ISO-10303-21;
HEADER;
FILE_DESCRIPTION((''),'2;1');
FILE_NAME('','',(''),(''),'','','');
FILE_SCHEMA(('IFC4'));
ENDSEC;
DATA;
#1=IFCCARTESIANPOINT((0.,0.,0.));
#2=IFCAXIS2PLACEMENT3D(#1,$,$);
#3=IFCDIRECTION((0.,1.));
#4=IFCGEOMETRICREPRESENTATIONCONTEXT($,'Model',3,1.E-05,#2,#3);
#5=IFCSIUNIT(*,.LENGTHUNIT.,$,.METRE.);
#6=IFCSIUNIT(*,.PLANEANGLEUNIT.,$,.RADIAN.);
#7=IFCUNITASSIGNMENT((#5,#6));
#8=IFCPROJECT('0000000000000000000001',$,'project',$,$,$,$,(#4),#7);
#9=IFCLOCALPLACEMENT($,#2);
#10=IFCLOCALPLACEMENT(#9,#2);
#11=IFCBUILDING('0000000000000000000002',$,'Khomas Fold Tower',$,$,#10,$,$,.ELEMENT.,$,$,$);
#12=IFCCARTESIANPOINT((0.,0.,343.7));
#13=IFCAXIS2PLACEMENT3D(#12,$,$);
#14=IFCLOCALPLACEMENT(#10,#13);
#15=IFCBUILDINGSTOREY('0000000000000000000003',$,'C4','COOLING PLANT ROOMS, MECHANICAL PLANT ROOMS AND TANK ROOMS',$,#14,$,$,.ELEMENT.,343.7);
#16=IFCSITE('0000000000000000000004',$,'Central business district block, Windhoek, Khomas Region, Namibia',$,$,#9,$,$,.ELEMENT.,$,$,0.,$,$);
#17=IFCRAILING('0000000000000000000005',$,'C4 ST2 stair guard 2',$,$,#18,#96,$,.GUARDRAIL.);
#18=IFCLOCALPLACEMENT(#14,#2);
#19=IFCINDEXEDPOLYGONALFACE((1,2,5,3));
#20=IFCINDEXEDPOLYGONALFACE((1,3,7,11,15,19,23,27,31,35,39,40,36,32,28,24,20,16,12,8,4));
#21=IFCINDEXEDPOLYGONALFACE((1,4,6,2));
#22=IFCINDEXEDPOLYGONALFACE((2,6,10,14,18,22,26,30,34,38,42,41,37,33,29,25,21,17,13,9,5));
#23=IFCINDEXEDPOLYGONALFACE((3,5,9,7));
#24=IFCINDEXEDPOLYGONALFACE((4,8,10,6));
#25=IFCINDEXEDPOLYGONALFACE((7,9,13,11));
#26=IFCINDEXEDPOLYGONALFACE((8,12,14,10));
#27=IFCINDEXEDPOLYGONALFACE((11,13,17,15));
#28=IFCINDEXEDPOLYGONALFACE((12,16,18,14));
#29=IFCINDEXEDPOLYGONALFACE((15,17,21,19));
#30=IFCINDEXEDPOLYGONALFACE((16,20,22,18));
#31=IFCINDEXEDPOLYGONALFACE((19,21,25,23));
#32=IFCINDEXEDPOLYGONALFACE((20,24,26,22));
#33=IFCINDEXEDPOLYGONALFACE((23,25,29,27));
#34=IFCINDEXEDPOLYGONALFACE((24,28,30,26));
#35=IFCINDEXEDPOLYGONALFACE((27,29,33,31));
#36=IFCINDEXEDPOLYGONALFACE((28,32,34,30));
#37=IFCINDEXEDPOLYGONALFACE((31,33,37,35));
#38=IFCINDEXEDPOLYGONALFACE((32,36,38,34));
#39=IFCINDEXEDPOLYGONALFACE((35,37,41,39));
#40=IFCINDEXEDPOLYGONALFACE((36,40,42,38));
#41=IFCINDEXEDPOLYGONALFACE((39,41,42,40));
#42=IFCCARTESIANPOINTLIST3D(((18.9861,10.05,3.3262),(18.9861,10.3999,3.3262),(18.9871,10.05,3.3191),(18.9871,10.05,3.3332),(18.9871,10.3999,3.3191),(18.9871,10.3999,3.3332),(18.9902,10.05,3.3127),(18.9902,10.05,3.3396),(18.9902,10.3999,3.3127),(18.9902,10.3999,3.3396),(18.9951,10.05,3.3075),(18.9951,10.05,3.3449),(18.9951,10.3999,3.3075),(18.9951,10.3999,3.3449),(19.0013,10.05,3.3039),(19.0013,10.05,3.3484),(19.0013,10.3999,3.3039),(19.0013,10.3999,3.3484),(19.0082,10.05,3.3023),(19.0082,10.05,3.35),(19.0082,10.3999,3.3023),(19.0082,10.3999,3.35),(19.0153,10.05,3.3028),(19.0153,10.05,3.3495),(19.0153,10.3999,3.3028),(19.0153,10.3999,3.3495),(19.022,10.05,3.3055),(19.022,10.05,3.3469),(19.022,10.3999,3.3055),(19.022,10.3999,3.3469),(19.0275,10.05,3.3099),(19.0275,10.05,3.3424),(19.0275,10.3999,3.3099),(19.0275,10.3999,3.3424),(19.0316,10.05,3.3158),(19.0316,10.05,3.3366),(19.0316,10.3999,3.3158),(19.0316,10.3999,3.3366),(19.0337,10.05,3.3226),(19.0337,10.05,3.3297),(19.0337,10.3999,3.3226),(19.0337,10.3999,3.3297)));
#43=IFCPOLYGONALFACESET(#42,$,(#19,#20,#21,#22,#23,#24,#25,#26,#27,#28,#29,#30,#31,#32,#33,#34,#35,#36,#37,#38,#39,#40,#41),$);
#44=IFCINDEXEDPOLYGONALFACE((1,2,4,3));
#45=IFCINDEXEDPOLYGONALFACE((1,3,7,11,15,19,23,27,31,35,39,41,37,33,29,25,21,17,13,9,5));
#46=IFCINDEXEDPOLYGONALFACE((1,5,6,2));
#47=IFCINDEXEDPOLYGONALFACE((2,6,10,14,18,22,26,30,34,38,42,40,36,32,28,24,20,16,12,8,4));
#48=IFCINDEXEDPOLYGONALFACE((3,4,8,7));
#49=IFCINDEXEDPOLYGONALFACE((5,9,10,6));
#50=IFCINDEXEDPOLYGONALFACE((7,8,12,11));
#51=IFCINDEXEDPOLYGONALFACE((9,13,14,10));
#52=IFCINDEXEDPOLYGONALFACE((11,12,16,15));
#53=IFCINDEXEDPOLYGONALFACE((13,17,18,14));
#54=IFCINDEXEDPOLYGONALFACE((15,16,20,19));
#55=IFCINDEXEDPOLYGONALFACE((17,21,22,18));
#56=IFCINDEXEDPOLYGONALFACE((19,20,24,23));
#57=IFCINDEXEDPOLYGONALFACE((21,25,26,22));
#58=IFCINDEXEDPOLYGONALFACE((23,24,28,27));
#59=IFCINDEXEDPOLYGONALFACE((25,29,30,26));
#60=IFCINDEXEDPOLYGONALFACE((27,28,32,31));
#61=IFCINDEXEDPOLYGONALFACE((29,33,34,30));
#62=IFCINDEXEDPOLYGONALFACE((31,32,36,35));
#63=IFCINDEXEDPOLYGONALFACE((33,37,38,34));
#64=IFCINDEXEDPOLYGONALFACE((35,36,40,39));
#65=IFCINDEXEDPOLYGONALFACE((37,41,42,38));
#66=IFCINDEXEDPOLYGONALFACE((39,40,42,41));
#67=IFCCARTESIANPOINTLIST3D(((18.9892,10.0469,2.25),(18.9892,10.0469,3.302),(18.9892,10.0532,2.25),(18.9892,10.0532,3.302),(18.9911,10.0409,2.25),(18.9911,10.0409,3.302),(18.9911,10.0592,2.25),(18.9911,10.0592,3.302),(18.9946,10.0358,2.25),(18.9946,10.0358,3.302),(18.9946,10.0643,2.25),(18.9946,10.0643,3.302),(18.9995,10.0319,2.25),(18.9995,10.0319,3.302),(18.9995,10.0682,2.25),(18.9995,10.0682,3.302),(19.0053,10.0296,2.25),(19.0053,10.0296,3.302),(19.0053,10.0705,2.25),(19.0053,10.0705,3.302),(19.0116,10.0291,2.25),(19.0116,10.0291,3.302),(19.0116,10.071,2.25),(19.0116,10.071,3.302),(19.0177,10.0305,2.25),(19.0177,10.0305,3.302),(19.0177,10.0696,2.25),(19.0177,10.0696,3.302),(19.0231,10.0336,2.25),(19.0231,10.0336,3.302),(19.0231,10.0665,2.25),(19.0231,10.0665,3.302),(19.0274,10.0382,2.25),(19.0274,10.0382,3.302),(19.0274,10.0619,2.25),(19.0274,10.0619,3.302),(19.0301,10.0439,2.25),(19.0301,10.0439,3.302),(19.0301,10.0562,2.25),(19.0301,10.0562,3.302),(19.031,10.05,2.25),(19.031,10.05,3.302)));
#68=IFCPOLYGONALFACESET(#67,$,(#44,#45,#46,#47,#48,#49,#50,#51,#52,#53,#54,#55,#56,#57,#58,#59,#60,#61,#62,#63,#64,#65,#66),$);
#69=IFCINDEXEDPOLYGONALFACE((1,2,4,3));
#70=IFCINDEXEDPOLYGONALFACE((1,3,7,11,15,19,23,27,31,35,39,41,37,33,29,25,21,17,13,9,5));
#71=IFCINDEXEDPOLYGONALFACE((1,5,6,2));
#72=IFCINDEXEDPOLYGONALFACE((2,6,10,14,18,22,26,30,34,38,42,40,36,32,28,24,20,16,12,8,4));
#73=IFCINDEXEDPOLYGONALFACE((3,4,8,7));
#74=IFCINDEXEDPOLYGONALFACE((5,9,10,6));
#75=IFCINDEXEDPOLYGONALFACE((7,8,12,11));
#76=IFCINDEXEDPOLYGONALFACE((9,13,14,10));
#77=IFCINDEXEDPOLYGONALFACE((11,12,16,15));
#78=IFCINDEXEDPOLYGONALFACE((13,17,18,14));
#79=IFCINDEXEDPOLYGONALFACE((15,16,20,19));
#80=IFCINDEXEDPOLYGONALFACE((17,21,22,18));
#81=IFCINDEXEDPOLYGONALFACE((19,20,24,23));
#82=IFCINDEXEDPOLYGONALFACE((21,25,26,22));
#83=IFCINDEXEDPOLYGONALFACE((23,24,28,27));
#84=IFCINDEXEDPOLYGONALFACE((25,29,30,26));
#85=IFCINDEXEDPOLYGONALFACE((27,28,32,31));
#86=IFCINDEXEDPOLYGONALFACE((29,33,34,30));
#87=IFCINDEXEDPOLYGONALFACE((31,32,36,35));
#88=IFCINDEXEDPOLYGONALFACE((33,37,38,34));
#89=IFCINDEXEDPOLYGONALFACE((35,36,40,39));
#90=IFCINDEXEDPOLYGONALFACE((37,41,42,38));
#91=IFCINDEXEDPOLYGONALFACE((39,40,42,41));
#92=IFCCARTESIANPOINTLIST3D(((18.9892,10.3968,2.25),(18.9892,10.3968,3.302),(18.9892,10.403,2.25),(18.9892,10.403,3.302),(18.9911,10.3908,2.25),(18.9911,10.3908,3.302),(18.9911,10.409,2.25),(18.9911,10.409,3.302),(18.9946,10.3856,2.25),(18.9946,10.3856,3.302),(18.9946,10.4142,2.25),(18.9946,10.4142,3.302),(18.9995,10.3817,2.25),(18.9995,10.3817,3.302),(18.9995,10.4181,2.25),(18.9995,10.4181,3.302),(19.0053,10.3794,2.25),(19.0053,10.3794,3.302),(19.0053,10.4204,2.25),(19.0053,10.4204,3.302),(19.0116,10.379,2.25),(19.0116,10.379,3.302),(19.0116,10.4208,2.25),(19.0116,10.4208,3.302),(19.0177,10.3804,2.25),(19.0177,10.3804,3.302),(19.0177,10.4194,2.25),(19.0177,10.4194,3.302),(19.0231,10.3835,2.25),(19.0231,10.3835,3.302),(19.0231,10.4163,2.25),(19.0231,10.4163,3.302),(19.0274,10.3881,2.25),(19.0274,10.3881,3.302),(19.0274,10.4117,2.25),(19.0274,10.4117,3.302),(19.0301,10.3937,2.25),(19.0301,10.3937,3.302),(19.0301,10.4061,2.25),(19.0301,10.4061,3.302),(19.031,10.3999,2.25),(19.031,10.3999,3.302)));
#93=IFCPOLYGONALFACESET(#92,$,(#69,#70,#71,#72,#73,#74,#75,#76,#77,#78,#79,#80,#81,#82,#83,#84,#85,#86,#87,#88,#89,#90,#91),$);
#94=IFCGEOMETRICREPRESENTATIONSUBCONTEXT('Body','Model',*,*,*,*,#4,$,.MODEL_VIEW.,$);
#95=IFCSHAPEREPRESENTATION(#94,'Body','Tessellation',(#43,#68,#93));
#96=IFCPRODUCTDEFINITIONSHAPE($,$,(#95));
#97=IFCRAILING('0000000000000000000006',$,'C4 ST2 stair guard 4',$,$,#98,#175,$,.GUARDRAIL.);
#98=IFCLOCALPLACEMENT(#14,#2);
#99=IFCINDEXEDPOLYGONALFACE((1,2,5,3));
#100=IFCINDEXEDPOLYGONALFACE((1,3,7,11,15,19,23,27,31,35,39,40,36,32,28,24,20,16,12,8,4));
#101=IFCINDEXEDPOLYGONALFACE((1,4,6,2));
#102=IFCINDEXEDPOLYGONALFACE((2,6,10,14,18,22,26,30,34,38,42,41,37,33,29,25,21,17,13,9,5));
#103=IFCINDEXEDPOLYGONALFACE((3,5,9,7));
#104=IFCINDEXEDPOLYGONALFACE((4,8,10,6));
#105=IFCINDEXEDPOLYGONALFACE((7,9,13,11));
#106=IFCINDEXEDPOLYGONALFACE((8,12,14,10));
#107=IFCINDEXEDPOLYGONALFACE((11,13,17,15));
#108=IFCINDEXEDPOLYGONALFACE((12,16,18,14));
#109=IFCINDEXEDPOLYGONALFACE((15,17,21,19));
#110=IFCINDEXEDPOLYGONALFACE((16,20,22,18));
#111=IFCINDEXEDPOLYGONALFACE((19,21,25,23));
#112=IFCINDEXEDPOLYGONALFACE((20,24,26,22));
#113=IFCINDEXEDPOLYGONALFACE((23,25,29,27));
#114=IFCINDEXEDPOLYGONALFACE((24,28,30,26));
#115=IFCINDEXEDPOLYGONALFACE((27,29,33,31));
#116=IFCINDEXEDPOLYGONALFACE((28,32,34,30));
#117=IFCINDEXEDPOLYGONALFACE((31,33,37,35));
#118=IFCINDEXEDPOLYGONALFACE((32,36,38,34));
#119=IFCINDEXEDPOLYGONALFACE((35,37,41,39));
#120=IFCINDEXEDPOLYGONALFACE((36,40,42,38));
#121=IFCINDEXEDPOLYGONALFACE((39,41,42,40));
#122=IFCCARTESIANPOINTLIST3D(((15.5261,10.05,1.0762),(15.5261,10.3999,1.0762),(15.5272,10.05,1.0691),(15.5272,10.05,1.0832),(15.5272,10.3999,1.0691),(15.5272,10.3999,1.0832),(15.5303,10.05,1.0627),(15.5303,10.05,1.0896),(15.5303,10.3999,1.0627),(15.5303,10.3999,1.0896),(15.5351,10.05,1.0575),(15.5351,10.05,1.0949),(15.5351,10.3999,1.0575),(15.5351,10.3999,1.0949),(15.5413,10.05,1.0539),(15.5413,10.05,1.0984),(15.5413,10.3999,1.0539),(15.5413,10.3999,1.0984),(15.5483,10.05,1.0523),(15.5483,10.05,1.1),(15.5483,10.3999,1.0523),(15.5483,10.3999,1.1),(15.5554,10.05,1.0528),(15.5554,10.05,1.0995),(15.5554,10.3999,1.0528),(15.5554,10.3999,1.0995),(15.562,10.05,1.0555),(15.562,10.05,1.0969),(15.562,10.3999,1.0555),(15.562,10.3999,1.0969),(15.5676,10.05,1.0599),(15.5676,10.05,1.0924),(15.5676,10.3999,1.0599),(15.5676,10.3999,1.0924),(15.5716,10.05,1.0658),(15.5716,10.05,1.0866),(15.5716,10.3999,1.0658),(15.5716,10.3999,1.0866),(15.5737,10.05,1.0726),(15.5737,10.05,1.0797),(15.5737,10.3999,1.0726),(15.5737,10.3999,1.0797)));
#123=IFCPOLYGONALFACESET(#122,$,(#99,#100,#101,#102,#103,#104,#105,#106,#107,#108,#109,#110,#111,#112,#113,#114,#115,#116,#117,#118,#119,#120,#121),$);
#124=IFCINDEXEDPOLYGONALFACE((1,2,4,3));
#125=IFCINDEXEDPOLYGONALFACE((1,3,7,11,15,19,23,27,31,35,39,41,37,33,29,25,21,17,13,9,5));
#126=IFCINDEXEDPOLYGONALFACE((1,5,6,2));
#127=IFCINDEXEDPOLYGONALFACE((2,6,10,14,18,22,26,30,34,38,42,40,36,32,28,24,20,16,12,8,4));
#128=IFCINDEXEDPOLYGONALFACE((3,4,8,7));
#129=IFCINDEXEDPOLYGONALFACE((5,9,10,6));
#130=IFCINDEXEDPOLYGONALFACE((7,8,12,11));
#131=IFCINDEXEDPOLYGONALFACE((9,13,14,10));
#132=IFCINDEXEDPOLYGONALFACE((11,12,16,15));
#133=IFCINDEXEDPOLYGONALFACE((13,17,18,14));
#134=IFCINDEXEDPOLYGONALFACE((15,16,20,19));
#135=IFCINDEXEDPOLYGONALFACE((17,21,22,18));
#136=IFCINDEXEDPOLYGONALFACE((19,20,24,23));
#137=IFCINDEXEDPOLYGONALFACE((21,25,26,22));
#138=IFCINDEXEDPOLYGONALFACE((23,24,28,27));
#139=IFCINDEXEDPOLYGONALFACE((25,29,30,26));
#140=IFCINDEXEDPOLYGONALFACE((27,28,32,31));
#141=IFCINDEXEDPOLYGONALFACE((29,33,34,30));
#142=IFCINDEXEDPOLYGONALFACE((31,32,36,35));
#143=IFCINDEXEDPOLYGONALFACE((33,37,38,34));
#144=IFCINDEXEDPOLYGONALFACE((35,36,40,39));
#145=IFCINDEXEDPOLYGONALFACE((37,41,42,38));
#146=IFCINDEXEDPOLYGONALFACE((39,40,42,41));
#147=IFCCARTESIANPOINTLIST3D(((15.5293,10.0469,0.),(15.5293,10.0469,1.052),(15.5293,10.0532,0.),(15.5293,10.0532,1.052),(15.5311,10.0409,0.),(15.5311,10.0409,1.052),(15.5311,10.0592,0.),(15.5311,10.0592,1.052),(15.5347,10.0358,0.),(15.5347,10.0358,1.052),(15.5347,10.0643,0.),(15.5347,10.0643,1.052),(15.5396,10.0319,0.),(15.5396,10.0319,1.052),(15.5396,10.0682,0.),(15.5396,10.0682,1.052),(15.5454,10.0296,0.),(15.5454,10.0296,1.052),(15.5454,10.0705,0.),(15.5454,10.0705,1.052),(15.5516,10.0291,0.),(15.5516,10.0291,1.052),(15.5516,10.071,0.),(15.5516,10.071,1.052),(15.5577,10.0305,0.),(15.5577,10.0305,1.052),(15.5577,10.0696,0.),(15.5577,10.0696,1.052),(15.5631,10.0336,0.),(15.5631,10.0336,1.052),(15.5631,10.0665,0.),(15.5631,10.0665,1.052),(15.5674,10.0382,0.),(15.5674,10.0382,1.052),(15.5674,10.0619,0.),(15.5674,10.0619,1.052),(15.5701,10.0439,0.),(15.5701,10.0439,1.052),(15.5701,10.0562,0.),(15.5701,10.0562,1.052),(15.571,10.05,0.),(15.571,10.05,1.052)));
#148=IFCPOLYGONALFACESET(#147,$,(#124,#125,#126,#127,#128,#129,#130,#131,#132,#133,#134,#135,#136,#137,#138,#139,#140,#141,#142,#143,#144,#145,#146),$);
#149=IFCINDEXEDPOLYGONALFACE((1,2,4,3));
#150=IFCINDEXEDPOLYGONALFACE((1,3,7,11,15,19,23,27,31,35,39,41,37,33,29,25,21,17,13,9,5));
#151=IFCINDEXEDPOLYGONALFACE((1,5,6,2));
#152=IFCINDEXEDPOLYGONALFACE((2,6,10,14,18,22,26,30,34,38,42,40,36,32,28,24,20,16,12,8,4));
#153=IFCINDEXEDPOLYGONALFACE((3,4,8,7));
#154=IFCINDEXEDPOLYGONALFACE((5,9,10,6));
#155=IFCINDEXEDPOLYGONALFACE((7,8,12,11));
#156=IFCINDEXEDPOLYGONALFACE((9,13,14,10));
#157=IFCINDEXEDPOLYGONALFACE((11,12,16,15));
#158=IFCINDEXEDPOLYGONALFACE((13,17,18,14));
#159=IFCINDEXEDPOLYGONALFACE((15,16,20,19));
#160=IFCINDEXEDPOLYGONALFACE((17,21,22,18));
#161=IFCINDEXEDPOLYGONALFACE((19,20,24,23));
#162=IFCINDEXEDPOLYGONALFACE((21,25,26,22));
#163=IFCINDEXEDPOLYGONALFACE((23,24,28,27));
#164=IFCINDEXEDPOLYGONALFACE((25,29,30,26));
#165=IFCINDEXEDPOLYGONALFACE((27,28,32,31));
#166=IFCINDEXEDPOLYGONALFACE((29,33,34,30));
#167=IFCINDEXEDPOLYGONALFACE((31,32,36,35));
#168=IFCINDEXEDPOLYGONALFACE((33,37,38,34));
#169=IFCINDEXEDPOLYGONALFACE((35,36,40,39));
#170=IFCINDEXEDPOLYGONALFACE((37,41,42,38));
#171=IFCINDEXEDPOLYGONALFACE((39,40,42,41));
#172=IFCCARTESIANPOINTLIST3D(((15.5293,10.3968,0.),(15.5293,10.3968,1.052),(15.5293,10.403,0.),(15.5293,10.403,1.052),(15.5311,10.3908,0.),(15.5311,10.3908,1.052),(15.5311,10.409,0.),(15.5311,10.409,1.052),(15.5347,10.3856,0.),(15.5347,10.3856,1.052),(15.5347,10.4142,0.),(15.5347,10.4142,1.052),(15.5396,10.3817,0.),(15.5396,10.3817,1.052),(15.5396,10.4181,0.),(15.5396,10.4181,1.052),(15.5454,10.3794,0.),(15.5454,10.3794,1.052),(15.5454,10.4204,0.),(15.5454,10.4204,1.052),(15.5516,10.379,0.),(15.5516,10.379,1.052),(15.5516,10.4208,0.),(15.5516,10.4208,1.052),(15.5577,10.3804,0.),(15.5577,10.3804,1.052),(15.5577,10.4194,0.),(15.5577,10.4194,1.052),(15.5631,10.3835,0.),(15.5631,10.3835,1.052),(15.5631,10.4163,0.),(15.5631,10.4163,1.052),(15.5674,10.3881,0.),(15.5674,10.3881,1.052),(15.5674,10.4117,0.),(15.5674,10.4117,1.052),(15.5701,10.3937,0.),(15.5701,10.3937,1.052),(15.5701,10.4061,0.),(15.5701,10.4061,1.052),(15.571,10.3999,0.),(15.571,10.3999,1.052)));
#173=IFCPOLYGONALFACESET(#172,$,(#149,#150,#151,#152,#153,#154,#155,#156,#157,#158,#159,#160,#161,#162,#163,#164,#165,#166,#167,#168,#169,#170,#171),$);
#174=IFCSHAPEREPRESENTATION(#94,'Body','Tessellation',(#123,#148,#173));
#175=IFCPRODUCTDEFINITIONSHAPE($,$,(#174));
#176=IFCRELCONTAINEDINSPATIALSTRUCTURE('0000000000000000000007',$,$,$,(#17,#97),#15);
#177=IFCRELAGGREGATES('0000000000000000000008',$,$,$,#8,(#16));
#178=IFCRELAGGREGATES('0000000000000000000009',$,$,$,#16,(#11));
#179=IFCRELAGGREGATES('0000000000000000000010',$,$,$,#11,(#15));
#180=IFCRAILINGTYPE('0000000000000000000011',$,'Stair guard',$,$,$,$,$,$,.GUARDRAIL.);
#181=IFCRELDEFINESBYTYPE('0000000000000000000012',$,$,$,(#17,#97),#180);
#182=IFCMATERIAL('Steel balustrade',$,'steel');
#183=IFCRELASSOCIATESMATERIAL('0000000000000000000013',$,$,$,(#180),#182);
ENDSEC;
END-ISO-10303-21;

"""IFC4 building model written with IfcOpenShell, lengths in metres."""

from ifc_helpers import new_model, si_unit, direction, frame, origin, origin_2d, place, context, subcontext, project, spatial, circle, extrude, source, transform, mapped, material, type_object, element, save


model = new_model("IFC4")

# Units and contexts
model_context = context("Model", 3, precision=1e-05, world=origin(), true_north=direction((0.0, 1.0)))
body_context = subcontext(model_context, "Body", "Model", "MODEL_VIEW")
ifc_project = project(units=[si_unit("LENGTHUNIT", "METRE"), si_unit("PLANEANGLEUNIT", "RADIAN")], contexts=[model_context])

# Site, building, storey
site_placement = place(None, origin())
site = spatial("IfcSite", under=ifc_project, at=site_placement, Name="Central business district block, Windhoek, Khomas Region, Namibia", CompositionType="ELEMENT", RefElevation=0.0)
building_placement = place(site_placement, origin())
building = spatial("IfcBuilding", under=site, at=building_placement, Name="Khomas Fold Tower", CompositionType="ELEMENT")
storey_placement = place(building_placement, frame((0.0, 0.0, 343.7)))
storey = spatial("IfcBuildingStorey", under=building, at=storey_placement, Name="C4", Description="COOLING PLANT ROOMS, MECHANICAL PLANT ROOMS AND TANK ROOMS", CompositionType="ELEMENT", Elevation=343.7)

# Railings
ifc_material_1 = material(Name="Steel balustrade", Category="steel")
railing_type_1 = type_object("IfcRailingType", Name="Stair guard", PredefinedType="GUARDRAIL", material=ifc_material_1)
shared_shape_1 = source(origin(), body_context, "Body", "SweptSolid", [
    extrude(circle(Radius=0.0239, at=origin_2d()), frame((0.0, 0.0, 1.0762), z_axis=(0.0, 1.0, 0.0), x_axis=(-1.0, 0.0, 0.0)), (0.0, 0.0, 1.0), 0.3499),
    extrude(circle(Radius=0.021, at=origin_2d()), origin(), (0.0, 0.0, 1.0), 1.052),
    extrude(circle(Radius=0.021, at=origin_2d()), frame((0.0, 0.3499, 0.0)), (0.0, 0.0, 1.0), 1.052),
])
for number, where, name in (
    (1, (19.01, 10.05, 2.25), "C4 ST2 stair guard 2"),
    (2, (15.55, 10.05, 0.0), "C4 ST2 stair guard 4"),
):
    element("IfcRailing", number, at=place(storey_placement, frame(where)), inside=storey, type_object=railing_type_1, Name=name, PredefinedType="GUARDRAIL", context=body_context, shape_type="MappedRepresentation", body=[
        mapped(shared_shape_1, transform((0.0, 0.0, 0.0))),
    ])

save(model, "model.ifc")
